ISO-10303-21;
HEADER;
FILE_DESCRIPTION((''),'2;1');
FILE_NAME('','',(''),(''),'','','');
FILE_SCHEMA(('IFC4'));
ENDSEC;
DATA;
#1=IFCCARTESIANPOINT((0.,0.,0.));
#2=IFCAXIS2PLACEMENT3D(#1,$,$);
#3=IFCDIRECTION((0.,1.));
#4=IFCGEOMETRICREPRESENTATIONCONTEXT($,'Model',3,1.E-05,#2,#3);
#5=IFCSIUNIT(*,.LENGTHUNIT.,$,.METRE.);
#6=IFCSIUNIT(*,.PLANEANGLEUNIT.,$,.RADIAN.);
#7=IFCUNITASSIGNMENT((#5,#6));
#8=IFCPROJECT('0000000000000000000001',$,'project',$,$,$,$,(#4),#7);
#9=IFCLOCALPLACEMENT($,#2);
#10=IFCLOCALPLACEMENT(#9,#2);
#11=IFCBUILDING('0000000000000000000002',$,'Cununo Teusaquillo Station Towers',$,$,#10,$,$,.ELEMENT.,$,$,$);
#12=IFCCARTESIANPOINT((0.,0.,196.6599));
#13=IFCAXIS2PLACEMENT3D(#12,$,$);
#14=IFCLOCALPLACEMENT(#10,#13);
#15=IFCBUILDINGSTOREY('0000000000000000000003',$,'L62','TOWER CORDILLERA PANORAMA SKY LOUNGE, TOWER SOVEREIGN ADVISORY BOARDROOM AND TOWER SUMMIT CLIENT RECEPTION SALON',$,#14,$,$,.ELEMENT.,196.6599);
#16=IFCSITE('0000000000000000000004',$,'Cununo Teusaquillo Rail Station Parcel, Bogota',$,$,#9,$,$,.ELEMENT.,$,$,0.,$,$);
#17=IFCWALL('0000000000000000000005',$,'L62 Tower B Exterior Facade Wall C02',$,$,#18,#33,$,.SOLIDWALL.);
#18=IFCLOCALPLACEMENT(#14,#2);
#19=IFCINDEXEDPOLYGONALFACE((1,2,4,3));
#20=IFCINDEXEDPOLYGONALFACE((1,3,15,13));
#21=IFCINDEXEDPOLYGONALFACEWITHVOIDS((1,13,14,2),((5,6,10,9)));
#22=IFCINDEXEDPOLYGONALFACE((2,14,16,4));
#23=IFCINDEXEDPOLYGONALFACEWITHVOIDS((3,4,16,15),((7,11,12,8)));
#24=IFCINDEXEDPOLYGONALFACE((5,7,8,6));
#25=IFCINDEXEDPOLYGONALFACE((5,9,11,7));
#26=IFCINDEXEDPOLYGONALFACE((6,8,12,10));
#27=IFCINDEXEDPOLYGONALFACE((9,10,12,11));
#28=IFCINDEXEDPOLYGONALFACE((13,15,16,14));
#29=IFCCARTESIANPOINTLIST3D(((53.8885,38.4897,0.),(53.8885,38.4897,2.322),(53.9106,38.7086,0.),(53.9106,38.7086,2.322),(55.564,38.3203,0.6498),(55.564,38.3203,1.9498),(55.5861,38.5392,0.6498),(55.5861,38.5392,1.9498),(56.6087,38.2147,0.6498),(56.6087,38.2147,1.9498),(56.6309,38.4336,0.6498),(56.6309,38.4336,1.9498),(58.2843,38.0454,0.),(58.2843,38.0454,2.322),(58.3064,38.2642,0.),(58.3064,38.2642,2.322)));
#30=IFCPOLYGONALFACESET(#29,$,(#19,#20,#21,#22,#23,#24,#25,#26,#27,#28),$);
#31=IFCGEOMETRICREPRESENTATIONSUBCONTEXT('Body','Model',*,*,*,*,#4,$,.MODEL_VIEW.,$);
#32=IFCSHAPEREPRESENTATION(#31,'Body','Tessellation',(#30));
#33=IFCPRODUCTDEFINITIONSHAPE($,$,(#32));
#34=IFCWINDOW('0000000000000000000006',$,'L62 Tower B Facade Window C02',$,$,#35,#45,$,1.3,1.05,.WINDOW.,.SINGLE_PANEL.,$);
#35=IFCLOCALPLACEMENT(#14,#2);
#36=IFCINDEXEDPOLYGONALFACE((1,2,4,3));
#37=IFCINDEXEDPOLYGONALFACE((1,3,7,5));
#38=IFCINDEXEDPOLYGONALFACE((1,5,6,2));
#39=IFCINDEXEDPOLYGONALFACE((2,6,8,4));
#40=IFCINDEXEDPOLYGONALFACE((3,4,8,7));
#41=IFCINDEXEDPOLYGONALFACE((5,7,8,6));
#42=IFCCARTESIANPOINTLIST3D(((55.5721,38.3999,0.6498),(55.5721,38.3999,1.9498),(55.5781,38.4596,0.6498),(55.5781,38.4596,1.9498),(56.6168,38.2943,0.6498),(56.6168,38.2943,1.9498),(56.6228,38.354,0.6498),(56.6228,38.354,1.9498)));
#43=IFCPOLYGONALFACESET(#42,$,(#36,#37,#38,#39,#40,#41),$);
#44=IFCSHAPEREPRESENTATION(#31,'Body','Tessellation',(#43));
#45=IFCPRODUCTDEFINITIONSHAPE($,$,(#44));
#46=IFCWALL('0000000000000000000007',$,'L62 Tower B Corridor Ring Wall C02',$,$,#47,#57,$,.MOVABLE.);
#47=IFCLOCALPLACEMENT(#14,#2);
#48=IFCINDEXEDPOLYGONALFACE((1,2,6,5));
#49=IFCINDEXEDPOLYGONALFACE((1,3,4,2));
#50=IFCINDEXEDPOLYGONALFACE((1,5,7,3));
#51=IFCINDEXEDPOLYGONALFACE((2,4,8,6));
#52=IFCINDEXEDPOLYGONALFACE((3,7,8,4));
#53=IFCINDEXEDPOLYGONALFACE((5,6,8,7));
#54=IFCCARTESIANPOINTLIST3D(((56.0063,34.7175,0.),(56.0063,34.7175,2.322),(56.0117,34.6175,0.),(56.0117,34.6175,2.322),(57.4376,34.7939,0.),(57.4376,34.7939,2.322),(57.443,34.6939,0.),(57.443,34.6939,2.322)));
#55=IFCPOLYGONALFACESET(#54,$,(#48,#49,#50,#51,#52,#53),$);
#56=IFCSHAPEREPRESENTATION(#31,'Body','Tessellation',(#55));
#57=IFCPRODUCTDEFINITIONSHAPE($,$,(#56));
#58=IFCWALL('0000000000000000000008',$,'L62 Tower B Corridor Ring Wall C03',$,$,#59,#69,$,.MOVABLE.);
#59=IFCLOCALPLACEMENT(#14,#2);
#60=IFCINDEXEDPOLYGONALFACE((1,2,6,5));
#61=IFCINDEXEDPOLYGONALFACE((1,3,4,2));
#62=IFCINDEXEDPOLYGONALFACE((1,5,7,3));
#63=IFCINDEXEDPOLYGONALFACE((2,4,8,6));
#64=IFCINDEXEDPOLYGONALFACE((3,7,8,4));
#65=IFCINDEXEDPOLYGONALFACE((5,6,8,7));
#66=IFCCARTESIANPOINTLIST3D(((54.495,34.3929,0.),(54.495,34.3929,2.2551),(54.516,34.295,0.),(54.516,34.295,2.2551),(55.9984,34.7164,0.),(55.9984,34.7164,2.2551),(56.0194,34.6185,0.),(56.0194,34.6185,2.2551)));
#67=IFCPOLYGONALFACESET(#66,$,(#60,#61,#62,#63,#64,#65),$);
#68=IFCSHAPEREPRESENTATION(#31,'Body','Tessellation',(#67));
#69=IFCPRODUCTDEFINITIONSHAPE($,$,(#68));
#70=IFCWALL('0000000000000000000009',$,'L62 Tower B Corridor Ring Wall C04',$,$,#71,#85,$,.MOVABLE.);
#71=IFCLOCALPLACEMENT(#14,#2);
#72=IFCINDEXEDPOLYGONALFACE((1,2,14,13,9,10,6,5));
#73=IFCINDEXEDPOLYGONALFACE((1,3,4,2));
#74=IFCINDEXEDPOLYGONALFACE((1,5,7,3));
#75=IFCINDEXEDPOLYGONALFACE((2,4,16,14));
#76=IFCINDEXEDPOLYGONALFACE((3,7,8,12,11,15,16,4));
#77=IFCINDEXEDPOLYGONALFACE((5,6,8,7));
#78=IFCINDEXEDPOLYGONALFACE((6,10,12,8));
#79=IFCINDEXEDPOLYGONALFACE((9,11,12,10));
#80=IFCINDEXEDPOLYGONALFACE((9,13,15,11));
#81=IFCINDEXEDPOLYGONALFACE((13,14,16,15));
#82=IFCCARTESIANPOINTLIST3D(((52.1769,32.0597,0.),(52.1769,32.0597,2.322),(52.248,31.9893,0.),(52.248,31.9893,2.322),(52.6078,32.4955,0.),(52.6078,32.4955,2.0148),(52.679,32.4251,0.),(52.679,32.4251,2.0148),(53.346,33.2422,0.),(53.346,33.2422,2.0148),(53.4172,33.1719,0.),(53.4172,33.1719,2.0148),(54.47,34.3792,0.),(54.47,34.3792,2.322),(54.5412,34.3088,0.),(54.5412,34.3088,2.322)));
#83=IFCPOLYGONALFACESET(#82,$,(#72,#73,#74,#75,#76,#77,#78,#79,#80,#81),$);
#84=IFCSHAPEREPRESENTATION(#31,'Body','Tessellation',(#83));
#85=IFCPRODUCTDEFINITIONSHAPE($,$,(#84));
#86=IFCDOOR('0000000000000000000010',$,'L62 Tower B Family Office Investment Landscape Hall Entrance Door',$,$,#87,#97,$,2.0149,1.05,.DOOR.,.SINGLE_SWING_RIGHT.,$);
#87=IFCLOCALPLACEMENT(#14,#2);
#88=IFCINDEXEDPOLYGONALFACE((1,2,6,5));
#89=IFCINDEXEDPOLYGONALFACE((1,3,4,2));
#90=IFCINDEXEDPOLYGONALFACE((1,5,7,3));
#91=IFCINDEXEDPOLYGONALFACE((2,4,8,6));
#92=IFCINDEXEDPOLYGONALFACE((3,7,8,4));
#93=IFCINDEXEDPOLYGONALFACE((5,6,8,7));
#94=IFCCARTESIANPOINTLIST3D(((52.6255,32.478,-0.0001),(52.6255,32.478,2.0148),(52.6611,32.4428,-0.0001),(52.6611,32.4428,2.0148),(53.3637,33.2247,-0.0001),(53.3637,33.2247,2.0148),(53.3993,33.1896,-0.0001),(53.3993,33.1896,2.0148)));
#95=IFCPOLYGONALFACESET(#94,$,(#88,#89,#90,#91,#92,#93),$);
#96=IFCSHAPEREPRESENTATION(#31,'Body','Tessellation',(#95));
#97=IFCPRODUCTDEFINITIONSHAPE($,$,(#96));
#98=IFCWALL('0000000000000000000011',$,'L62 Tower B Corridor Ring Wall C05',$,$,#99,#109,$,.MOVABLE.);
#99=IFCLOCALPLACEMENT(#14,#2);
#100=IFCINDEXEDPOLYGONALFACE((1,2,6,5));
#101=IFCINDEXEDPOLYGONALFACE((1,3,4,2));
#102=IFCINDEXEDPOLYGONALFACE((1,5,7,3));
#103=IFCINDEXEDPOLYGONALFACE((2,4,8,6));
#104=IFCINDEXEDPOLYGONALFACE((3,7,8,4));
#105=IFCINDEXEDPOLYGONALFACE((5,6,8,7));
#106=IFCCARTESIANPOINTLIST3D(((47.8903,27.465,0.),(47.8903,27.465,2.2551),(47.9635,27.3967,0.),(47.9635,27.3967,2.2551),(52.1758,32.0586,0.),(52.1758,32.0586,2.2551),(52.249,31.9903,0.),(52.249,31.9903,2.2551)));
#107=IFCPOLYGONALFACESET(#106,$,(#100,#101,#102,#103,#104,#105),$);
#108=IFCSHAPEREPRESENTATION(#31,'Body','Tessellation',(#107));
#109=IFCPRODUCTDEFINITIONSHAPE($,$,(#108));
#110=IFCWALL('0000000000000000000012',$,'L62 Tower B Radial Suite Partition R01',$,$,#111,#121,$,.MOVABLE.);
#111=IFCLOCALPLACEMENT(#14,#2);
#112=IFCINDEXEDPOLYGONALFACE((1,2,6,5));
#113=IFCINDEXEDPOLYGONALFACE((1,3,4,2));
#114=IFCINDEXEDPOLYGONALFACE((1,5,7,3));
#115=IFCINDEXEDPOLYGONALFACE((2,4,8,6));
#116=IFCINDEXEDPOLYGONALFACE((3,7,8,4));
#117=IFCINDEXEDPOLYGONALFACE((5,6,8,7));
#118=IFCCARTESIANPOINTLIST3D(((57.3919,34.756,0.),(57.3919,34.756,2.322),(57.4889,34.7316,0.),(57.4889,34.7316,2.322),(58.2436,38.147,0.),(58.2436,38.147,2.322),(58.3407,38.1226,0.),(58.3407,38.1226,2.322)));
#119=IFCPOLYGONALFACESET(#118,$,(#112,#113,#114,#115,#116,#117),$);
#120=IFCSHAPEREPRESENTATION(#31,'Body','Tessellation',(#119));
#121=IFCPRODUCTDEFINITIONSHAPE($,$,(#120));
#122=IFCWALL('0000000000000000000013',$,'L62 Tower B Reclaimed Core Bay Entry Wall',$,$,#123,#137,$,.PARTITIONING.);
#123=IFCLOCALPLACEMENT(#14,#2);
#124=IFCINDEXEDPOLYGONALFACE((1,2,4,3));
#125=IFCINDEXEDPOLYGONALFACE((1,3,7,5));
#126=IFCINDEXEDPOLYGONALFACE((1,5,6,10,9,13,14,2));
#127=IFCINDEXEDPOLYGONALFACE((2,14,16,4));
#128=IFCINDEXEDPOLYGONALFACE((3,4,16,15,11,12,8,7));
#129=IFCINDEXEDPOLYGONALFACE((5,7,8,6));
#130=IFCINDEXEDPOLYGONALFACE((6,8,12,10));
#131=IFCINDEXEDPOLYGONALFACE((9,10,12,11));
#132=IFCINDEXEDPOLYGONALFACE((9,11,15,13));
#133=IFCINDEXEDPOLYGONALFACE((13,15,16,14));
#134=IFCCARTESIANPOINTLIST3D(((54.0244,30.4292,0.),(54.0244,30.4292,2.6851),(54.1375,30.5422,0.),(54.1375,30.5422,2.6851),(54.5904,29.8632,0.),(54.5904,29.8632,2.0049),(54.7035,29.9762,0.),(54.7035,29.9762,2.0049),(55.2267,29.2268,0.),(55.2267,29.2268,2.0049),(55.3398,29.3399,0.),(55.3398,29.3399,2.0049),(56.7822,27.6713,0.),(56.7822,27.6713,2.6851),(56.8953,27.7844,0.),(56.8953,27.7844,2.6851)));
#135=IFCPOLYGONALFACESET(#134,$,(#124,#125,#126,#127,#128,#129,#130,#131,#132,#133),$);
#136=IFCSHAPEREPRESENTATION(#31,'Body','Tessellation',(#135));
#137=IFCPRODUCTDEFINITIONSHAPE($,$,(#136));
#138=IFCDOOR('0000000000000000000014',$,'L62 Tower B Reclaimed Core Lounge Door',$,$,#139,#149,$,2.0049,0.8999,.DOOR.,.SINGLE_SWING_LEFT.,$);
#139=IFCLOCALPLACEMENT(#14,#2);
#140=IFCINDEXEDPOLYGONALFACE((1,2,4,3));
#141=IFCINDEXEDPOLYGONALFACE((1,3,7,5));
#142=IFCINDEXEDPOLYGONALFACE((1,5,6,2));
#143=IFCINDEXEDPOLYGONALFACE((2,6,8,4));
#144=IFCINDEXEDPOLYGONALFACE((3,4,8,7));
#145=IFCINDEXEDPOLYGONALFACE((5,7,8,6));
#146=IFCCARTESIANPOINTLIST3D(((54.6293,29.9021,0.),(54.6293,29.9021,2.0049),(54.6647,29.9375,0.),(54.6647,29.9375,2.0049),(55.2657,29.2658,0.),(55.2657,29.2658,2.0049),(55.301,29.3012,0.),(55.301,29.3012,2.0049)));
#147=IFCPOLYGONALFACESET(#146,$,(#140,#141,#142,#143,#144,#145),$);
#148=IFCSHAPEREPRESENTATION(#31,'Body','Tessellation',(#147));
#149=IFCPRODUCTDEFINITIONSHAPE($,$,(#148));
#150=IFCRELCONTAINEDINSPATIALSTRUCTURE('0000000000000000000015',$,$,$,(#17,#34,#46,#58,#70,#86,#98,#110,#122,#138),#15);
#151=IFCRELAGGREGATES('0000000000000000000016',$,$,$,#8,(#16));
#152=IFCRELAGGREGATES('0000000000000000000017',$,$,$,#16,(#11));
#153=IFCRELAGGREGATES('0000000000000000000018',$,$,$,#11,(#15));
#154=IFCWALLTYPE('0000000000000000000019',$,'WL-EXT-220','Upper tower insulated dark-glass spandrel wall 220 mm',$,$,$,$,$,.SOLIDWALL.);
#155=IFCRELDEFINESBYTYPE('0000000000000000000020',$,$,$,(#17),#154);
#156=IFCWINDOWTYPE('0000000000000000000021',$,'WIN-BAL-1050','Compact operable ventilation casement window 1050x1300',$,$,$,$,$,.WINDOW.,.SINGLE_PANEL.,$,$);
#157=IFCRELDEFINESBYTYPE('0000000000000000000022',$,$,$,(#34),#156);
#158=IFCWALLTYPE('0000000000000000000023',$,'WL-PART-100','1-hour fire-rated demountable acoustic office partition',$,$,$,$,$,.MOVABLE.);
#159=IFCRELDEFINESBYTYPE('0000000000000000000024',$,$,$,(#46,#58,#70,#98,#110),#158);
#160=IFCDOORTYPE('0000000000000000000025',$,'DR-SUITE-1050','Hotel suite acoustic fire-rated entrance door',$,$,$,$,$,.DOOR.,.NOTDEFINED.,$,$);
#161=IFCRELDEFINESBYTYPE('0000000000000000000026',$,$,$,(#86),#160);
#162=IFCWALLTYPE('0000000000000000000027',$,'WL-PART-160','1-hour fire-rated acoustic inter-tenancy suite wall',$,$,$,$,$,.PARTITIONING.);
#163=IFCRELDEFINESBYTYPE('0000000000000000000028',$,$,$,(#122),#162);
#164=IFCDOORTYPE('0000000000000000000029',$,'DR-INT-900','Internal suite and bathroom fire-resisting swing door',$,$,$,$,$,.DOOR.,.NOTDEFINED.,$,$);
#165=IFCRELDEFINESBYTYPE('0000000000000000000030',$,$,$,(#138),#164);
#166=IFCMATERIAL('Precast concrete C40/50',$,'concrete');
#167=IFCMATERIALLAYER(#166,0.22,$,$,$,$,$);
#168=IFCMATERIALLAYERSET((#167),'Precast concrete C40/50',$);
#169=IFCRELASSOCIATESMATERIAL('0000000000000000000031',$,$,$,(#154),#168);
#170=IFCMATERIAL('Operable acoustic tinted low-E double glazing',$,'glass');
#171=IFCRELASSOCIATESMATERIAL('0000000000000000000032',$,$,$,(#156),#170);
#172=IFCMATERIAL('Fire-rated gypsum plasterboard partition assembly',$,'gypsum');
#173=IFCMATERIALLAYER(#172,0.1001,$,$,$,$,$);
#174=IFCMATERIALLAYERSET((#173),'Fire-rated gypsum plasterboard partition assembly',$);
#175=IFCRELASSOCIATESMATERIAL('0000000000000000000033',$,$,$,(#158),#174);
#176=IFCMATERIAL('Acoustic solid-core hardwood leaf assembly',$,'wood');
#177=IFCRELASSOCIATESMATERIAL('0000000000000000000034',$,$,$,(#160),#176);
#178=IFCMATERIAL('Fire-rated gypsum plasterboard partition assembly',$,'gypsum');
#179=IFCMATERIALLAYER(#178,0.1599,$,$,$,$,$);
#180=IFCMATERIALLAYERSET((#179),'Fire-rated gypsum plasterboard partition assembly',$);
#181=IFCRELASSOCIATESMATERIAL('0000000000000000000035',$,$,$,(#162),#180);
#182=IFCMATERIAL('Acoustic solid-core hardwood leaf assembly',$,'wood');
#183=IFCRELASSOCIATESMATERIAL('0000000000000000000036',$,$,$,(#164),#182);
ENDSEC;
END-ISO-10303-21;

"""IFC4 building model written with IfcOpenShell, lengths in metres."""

from ifc_helpers import new_model, si_unit, direction, frame, frame_2d, origin, place, context, subcontext, project, spatial, rectangle, extrude, source, transform, mapped, material, layer, layer_set, type_object, element, fill, save


model = new_model("IFC4")

# Units and contexts
model_context = context("Model", 3, precision=1e-05, world=origin(), true_north=direction((0.0, 1.0)))
body_context = subcontext(model_context, "Body", "Model", "MODEL_VIEW")
ifc_project = project(units=[si_unit("LENGTHUNIT", "METRE"), si_unit("PLANEANGLEUNIT", "RADIAN")], contexts=[model_context])

# Site, building, storey
site_placement = place(None, origin())
site = spatial("IfcSite", under=ifc_project, at=site_placement, Name="Cununo Teusaquillo Rail Station Parcel, Bogota", CompositionType="ELEMENT", RefElevation=0.0)
building_placement = place(site_placement, origin())
building = spatial("IfcBuilding", under=site, at=building_placement, Name="Cununo Teusaquillo Station Towers", CompositionType="ELEMENT")
storey_placement = place(building_placement, frame((0.0, 0.0, 196.6599)))
storey = spatial("IfcBuildingStorey", under=building, at=storey_placement, Name="L62", Description="TOWER CORDILLERA PANORAMA SKY LOUNGE, TOWER SOVEREIGN ADVISORY BOARDROOM AND TOWER SUMMIT CLIENT RECEPTION SALON", CompositionType="ELEMENT", Elevation=196.6599)

# Wall, opening, window
ifc_material_1 = material(Name="Precast concrete C40/50", Category="concrete")
ifc_layer_1 = layer(ifc_material_1, 0.22)
ifc_layer_set_1 = layer_set([ifc_layer_1], Name="Precast concrete C40/50")
wall_type_1 = type_object("IfcWallType", Name="WL-EXT-220", Description="Upper tower insulated dark-glass spandrel wall 220 mm", PredefinedType="SOLIDWALL", material=ifc_layer_set_1)
wall_1_placement = place(storey_placement, frame((53.8997, 38.5991, 0.0), z_axis=(0.0, 0.0, 1.0), x_axis=(0.99493, -0.100571, 0.0)))
wall_1 = element("IfcWall", 1, at=wall_1_placement, inside=storey, type_object=wall_type_1, Name="L62 Tower B Exterior Facade Wall C02", PredefinedType="SOLIDWALL", context=body_context, shape_type="SweptSolid", body=[
    extrude(rectangle(XDim=4.4182, YDim=0.22, at=frame_2d((2.209, 0.0))), origin(), (0.0, 0.0, 1.0), 2.322),
])
shared_shape_1 = source(origin(), body_context, "Body", "SweptSolid", [
    extrude(rectangle(XDim=1.05, YDim=1.3, at=frame_2d((0.5249, 0.6499))), frame((0.0, 0.1199, 0.0), z_axis=(0.0, -1.0, 0.0), x_axis=(1.0, 0.0, 0.0)), (0.0, 0.0, 1.0), 0.24),
])
opening_1_placement = place(wall_1_placement, frame((1.6841, 0.0, 0.6499)))
opening_1 = element("IfcOpeningElement", 2, at=opening_1_placement, cuts=wall_1, PredefinedType="OPENING", context=body_context, shape_type="MappedRepresentation", body=[
    mapped(shared_shape_1, transform((0.0, 0.0, 0.0), x_axis=(1.0, 0.0, 0.0), y_axis=(0.0, 1.0, 0.0), z_axis=(0.0, 0.0, 1.0), scale=1.0)),
])
ifc_material_2 = material(Name="Operable acoustic tinted low-E double glazing", Category="glass")
window_type = type_object("IfcWindowType", Name="WIN-BAL-1050", Description="Compact operable ventilation casement window 1050x1300", PartitioningType="SINGLE_PANEL", PredefinedType="WINDOW", material=ifc_material_2)
shared_shape_2 = source(origin(), body_context, "Body", "SweptSolid", [
    extrude(rectangle(XDim=1.05, YDim=1.3, at=frame_2d((0.5249, 0.6499))), frame((0.0, 0.03, 0.0), z_axis=(0.0, -1.0, 0.0), x_axis=(1.0, 0.0, 0.0)), (0.0, 0.0, 1.0), 0.0601),
])
window_placement = place(opening_1_placement, origin())
window = element("IfcWindow", 3, at=window_placement, inside=storey, type_object=window_type, Name="L62 Tower B Facade Window C02", OverallHeight=1.3, OverallWidth=1.05, PartitioningType="SINGLE_PANEL", PredefinedType="WINDOW", context=body_context, shape_type="MappedRepresentation", body=[
    mapped(shared_shape_2, transform((0.0, 0.0, 0.0), x_axis=(1.0, 0.0, 0.0), y_axis=(0.0, 1.0, 0.0), z_axis=(0.0, 0.0, 1.0), scale=1.0)),
])
fill(opening_1, window)

# Walls
ifc_material_3 = material(Name="Fire-rated gypsum plasterboard partition assembly", Category="gypsum")
ifc_layer_2 = layer(ifc_material_3, 0.1001)
ifc_layer_set_2 = layer_set([ifc_layer_2], Name="Fire-rated gypsum plasterboard partition assembly")
wall_type_2 = type_object("IfcWallType", Name="WL-PART-100", Description="1-hour fire-rated demountable acoustic office partition", PredefinedType="MOVABLE", material=ifc_layer_set_2)
wall_2_placement = place(storey_placement, frame((57.4404, 34.7439, 0.0), z_axis=(0.0, 0.0, 1.0), x_axis=(-0.998578, -0.05331, 0.0)))
element("IfcWall", 4, at=wall_2_placement, inside=storey, type_object=wall_type_2, Name="L62 Tower B Corridor Ring Wall C02", PredefinedType="MOVABLE", context=body_context, shape_type="SweptSolid", body=[
    extrude(rectangle(XDim=1.4333, YDim=0.1001, at=frame_2d((0.7168, 0.0))), origin(), (0.0, 0.0, 1.0), 2.322),
])
wall_3_placement = place(storey_placement, frame((56.009, 34.6675, 0.0), z_axis=(0.0, 0.0, 1.0), x_axis=(-0.977625, -0.210353, 0.0)))
element("IfcWall", 5, at=wall_3_placement, inside=storey, type_object=wall_type_2, Name="L62 Tower B Corridor Ring Wall C03", PredefinedType="MOVABLE", context=body_context, shape_type="SweptSolid", body=[
    extrude(rectangle(XDim=1.5378, YDim=0.1001, at=frame_2d((0.769, 0.0))), origin(), (0.0, 0.0, 1.0), 2.2551),
])

# Wall, opening, door
wall_4_placement = place(storey_placement, frame((54.5056, 34.344, 0.0), z_axis=(0.0, 0.0, 1.0), x_axis=(-0.703053, -0.711137, 0.0)))
wall_4 = element("IfcWall", 6, at=wall_4_placement, inside=storey, type_object=wall_type_2, Name="L62 Tower B Corridor Ring Wall C04", PredefinedType="MOVABLE", context=body_context, shape_type="SweptSolid", body=[
    extrude(rectangle(XDim=3.2617, YDim=0.1001, at=frame_2d((1.6309, 0.0))), origin(), (0.0, 0.0, 1.0), 2.322),
])
shared_shape_3 = source(origin(), body_context, "Body", "SweptSolid", [
    extrude(rectangle(XDim=1.05, YDim=2.0149, at=frame_2d((0.5249, 1.0073))), frame((0.0, 0.0601, 0.0), z_axis=(0.0, -1.0, 0.0), x_axis=(1.0, 0.0, 0.0)), (0.0, 0.0, 1.0), 0.1201),
])
opening_2_placement = place(wall_4_placement, frame((1.5989, 0.0, 0.0)))
opening_2 = element("IfcOpeningElement", 7, at=opening_2_placement, cuts=wall_4, PredefinedType="OPENING", context=body_context, shape_type="MappedRepresentation", body=[
    mapped(shared_shape_3, transform((0.0, 0.0, 0.0), x_axis=(1.0, 0.0, 0.0), y_axis=(0.0, 1.0, 0.0), z_axis=(0.0, 0.0, 1.0), scale=1.0)),
])
ifc_material_4 = material(Name="Acoustic solid-core hardwood leaf assembly", Category="wood")
door_type_1 = type_object("IfcDoorType", Name="DR-SUITE-1050", Description="Hotel suite acoustic fire-rated entrance door", OperationType="NOTDEFINED", PredefinedType="DOOR", material=ifc_material_4)
shared_shape_4 = source(origin(), body_context, "Body", "SweptSolid", [
    extrude(rectangle(XDim=1.05, YDim=2.0149, at=frame_2d((0.5249, 1.0073))), frame((0.0, 0.0249, 0.0), z_axis=(0.0, -1.0, 0.0), x_axis=(1.0, 0.0, 0.0)), (0.0, 0.0, 1.0), 0.05),
])
door_1_placement = place(opening_2_placement, origin())
door_1 = element("IfcDoor", 8, at=door_1_placement, inside=storey, type_object=door_type_1, Name="L62 Tower B Family Office Investment Landscape Hall Entrance Door", OperationType="SINGLE_SWING_RIGHT", OverallHeight=2.0149, OverallWidth=1.05, PredefinedType="DOOR", context=body_context, shape_type="MappedRepresentation", body=[
    mapped(shared_shape_4, transform((0.0, 0.0, 0.0), x_axis=(1.0, 0.0, 0.0), y_axis=(0.0, 1.0, 0.0), z_axis=(0.0, 0.0, 1.0), scale=1.0)),
])
fill(opening_2, door_1)

# Walls
wall_5_placement = place(storey_placement, frame((52.2124, 32.0244, 0.0), z_axis=(0.0, 0.0, 1.0), x_axis=(-0.682159, -0.731204, 0.0)))
element("IfcWall", 9, at=wall_5_placement, inside=storey, type_object=wall_type_2, Name="L62 Tower B Corridor Ring Wall C05", PredefinedType="MOVABLE", context=body_context, shape_type="SweptSolid", body=[
    extrude(rectangle(XDim=6.2822, YDim=0.1001, at=frame_2d((3.1411, 0.0))), origin(), (0.0, 0.0, 1.0), 2.2551),
])
wall_6_placement = place(storey_placement, frame((57.4404, 34.7439, 0.0), z_axis=(0.0, 0.0, 1.0), x_axis=(0.24362, 0.969871, 0.0)))
element("IfcWall", 10, at=wall_6_placement, inside=storey, type_object=wall_type_2, Name="L62 Tower B Radial Suite Partition R01", PredefinedType="MOVABLE", context=body_context, shape_type="SweptSolid", body=[
    extrude(rectangle(XDim=3.4963, YDim=0.1001, at=frame_2d((1.748, 0.0))), origin(), (0.0, 0.0, 1.0), 2.322),
])

# Wall, opening, door
ifc_material_5 = material(Name="Fire-rated gypsum plasterboard partition assembly", Category="gypsum")
ifc_layer_3 = layer(ifc_material_5, 0.1599)
ifc_layer_set_3 = layer_set([ifc_layer_3], Name="Fire-rated gypsum plasterboard partition assembly")
wall_type_3 = type_object("IfcWallType", Name="WL-PART-160", Description="1-hour fire-rated acoustic inter-tenancy suite wall", PredefinedType="PARTITIONING", material=ifc_layer_set_3)
wall_7_placement = place(storey_placement, frame((56.8389, 27.7278, 0.0), z_axis=(0.0, 0.0, 1.0), x_axis=(-0.707107, 0.707107, 0.0)))
wall_7 = element("IfcWall", 11, at=wall_7_placement, inside=storey, type_object=wall_type_3, Name="L62 Tower B Reclaimed Core Bay Entry Wall", PredefinedType="PARTITIONING", context=body_context, shape_type="SweptSolid", body=[
    extrude(rectangle(XDim=3.9001, YDim=0.1599, at=frame_2d((1.9502, 0.0))), origin(), (0.0, 0.0, 1.0), 2.6851),
])
shared_shape_5 = source(origin(), body_context, "Body", "SweptSolid", [
    extrude(rectangle(XDim=0.8999, YDim=2.0049, at=frame_2d((0.45, 1.0024))), frame((0.0, 0.0898, 0.0), z_axis=(0.0, -1.0, 0.0), x_axis=(1.0, 0.0, 0.0)), (0.0, 0.0, 1.0), 0.1799),
])
opening_3_placement = place(wall_7_placement, frame((2.2, 0.0, 0.0)))
opening_3 = element("IfcOpeningElement", 12, at=opening_3_placement, cuts=wall_7, PredefinedType="OPENING", context=body_context, shape_type="MappedRepresentation", body=[
    mapped(shared_shape_5, transform((0.0, 0.0, 0.0), x_axis=(1.0, 0.0, 0.0), y_axis=(0.0, 1.0, 0.0), z_axis=(0.0, 0.0, 1.0), scale=1.0)),
])
ifc_material_6 = material(Name="Acoustic solid-core hardwood leaf assembly", Category="wood")
door_type_2 = type_object("IfcDoorType", Name="DR-INT-900", Description="Internal suite and bathroom fire-resisting swing door", OperationType="NOTDEFINED", PredefinedType="DOOR", material=ifc_material_6)
shared_shape_6 = source(origin(), body_context, "Body", "SweptSolid", [
    extrude(rectangle(XDim=0.8999, YDim=2.0049, at=frame_2d((0.45, 1.0024))), frame((0.0, 0.0249, 0.0), z_axis=(0.0, -1.0, 0.0), x_axis=(1.0, 0.0, 0.0)), (0.0, 0.0, 1.0), 0.05),
])
door_2_placement = place(opening_3_placement, origin())
door_2 = element("IfcDoor", 13, at=door_2_placement, inside=storey, type_object=door_type_2, Name="L62 Tower B Reclaimed Core Lounge Door", OperationType="SINGLE_SWING_LEFT", OverallHeight=2.0049, OverallWidth=0.8999, PredefinedType="DOOR", context=body_context, shape_type="MappedRepresentation", body=[
    mapped(shared_shape_6, transform((0.0, 0.0, 0.0), x_axis=(1.0, 0.0, 0.0), y_axis=(0.0, 1.0, 0.0), z_axis=(0.0, 0.0, 1.0), scale=1.0)),
])
fill(opening_3, door_2)

save(model, "model.ifc")
